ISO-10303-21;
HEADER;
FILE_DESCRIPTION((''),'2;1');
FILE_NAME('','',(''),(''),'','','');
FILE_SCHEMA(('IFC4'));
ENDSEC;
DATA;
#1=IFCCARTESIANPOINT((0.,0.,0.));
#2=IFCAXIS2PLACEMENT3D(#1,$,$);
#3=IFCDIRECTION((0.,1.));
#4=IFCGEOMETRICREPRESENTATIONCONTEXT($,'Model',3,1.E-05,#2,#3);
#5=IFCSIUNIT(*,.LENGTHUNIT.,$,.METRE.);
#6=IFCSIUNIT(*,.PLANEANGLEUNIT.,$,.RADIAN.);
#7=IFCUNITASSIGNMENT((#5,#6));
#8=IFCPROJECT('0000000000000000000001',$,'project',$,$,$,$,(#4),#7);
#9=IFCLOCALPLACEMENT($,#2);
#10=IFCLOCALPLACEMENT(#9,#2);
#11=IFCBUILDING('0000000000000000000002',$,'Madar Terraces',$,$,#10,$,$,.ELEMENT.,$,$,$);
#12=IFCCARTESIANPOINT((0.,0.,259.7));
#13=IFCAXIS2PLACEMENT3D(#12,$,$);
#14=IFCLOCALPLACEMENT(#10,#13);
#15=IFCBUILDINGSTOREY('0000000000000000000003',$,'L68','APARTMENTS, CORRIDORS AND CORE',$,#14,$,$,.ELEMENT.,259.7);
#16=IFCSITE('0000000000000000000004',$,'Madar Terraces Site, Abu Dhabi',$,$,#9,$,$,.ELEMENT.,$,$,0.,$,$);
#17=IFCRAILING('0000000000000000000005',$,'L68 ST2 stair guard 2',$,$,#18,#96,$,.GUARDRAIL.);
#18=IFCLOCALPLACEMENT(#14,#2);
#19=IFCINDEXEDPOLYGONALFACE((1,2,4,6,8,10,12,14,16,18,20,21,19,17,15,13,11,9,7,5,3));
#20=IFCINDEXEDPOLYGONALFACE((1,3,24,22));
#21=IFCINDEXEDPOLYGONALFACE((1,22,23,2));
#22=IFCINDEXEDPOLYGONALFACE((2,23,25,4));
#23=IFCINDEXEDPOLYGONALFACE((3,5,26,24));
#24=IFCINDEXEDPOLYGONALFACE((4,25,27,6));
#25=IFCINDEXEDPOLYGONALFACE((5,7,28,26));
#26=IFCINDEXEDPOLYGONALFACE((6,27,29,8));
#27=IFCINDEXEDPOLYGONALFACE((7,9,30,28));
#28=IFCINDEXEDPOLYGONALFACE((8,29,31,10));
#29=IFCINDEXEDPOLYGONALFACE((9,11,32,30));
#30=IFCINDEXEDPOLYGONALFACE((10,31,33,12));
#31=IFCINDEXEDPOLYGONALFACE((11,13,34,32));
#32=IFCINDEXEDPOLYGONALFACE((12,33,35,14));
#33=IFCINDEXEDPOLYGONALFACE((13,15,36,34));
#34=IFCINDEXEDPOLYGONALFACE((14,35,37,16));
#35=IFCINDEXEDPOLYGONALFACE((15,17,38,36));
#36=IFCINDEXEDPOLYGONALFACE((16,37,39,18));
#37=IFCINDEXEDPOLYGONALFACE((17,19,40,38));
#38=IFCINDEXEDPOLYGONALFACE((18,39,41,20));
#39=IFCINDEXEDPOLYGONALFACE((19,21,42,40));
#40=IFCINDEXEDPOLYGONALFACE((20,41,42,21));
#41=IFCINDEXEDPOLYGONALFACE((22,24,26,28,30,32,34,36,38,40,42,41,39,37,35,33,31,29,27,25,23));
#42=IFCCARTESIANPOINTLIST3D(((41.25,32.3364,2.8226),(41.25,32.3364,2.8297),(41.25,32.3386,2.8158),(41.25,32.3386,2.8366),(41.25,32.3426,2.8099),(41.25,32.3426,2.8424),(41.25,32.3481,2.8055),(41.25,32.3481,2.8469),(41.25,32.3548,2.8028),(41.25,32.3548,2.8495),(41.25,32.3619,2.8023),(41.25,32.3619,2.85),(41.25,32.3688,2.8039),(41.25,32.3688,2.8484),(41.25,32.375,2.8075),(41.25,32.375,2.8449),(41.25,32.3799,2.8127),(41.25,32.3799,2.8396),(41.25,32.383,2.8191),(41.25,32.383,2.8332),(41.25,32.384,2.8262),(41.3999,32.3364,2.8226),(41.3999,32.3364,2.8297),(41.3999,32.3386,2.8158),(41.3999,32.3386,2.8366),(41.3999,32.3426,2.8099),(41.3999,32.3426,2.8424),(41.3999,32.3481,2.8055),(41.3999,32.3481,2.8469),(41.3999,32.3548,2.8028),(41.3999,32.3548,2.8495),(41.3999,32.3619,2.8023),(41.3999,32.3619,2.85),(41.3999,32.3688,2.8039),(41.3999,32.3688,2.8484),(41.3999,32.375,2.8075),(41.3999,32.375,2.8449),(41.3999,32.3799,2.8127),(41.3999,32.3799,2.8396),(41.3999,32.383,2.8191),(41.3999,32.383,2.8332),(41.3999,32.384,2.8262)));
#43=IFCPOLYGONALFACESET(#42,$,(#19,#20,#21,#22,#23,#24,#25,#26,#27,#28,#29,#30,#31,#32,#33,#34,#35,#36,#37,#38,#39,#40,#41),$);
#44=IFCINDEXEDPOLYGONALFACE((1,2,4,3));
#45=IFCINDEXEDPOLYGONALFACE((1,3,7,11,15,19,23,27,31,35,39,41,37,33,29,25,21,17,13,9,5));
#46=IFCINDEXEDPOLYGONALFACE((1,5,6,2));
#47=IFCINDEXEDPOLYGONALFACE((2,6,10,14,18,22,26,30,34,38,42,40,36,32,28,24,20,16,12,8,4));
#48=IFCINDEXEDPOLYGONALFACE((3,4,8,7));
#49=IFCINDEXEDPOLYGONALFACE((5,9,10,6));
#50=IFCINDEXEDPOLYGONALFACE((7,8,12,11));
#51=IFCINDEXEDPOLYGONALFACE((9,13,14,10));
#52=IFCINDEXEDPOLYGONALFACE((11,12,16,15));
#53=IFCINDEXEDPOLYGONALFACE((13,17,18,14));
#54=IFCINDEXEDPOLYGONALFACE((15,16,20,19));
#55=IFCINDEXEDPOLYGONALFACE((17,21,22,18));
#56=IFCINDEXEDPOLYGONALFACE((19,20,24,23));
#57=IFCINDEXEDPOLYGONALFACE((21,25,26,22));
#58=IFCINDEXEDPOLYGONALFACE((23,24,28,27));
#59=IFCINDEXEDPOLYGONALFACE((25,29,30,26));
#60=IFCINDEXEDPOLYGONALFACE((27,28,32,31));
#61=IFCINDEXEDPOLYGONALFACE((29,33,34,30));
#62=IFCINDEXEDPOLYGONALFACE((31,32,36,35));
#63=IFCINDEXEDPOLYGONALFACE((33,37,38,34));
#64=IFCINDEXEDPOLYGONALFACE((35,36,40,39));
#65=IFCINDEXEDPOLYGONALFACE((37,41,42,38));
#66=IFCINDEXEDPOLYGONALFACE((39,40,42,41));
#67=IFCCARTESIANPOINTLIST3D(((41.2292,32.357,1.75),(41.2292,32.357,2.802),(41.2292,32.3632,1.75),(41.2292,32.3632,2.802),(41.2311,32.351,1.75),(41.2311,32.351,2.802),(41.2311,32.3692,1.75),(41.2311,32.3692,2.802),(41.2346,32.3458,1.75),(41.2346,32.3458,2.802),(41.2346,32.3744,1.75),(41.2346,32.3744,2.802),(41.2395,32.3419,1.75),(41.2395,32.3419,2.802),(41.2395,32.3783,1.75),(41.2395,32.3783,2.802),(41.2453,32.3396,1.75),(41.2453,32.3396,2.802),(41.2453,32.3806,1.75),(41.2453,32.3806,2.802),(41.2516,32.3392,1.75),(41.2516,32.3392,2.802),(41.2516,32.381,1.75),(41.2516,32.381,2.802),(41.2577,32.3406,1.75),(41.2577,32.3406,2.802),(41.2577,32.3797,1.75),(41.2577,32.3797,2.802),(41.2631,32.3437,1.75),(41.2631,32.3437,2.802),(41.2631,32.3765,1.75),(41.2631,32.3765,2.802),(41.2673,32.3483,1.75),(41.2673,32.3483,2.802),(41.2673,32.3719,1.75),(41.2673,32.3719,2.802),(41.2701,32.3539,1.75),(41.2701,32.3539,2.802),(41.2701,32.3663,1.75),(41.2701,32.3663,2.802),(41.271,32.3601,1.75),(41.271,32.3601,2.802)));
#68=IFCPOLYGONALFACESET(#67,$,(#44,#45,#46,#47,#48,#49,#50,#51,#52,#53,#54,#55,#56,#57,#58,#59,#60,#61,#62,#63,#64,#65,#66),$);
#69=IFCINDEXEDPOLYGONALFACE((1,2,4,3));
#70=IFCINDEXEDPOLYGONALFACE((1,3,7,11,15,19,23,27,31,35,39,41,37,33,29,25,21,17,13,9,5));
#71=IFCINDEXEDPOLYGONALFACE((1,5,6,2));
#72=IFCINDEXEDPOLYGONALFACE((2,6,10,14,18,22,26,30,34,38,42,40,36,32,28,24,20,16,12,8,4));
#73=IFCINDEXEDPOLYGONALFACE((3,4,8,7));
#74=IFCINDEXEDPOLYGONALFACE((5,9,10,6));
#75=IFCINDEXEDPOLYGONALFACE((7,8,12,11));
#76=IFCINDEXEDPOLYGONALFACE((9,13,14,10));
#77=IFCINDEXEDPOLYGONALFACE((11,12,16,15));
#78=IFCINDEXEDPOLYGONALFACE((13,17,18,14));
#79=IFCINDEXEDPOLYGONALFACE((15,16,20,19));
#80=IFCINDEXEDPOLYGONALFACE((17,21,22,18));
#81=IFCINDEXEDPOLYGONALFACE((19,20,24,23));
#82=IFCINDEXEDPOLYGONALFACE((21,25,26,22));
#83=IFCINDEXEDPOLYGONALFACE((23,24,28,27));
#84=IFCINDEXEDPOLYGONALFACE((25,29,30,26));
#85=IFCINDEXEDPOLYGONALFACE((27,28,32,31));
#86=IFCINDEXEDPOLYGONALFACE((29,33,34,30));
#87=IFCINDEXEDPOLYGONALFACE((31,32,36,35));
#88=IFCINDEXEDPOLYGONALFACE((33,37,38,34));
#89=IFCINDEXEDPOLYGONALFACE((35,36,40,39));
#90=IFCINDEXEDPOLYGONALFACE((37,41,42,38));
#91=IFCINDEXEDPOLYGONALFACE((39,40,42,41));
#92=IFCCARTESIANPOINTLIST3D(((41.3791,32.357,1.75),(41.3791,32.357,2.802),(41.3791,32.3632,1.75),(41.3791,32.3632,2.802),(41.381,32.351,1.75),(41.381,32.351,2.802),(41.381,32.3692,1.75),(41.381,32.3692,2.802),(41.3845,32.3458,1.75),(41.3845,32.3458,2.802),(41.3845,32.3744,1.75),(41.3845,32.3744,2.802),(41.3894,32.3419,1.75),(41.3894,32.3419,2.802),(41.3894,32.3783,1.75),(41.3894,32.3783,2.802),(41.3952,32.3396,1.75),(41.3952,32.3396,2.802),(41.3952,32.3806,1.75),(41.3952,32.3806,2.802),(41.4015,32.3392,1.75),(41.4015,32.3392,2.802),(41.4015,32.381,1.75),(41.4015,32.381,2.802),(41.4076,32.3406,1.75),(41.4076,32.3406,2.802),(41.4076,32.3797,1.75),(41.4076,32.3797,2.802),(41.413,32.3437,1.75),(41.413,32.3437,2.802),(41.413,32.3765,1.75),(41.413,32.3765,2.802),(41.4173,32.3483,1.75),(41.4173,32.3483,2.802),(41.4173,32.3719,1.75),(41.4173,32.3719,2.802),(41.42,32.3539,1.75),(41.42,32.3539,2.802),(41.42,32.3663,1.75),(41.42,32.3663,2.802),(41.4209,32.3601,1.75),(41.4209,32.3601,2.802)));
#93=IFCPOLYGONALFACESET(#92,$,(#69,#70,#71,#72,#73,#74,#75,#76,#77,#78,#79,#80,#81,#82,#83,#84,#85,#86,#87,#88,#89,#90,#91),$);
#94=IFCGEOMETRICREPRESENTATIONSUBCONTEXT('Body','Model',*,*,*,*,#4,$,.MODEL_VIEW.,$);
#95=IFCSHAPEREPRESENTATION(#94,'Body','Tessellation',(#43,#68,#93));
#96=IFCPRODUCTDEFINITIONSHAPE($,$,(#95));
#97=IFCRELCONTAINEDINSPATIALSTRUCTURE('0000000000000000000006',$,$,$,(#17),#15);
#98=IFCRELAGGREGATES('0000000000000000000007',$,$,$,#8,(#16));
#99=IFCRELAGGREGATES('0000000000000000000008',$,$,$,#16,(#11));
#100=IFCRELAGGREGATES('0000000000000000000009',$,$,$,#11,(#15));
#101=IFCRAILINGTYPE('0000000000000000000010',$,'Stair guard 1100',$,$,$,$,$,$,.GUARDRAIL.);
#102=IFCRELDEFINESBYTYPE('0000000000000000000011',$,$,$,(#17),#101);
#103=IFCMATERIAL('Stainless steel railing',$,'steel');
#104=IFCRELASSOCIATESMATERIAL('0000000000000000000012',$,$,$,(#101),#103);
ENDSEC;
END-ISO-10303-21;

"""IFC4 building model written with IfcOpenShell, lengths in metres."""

from ifc_helpers import new_model, si_unit, direction, frame, origin, origin_2d, place, context, subcontext, project, spatial, circle, extrude, material, type_object, element, save


model = new_model("IFC4")

# Units and contexts
model_context = context("Model", 3, precision=1e-05, world=origin(), true_north=direction((0.0, 1.0)))
body_context = subcontext(model_context, "Body", "Model", "MODEL_VIEW")
ifc_project = project(units=[si_unit("LENGTHUNIT", "METRE"), si_unit("PLANEANGLEUNIT", "RADIAN")], contexts=[model_context])

# Site, building, storey
site_placement = place(None, origin())
site = spatial("IfcSite", under=ifc_project, at=site_placement, Name="Madar Terraces Site, Abu Dhabi", CompositionType="ELEMENT", RefElevation=0.0)
building_placement = place(site_placement, origin())
building = spatial("IfcBuilding", under=site, at=building_placement, Name="Madar Terraces", CompositionType="ELEMENT")
storey_placement = place(building_placement, frame((0.0, 0.0, 259.7)))
storey = spatial("IfcBuildingStorey", under=building, at=storey_placement, Name="L68", Description="APARTMENTS, CORRIDORS AND CORE", CompositionType="ELEMENT", Elevation=259.7)

# Railing
ifc_material_1 = material(Name="Stainless steel railing", Category="steel")
railing_type_1 = type_object("IfcRailingType", Name="Stair guard 1100", PredefinedType="GUARDRAIL", material=ifc_material_1)
railing_1_placement = place(storey_placement, frame((41.25, 32.3601, 1.75)))
element("IfcRailing", 1, at=railing_1_placement, inside=storey, type_object=railing_type_1, Name="L68 ST2 stair guard 2", PredefinedType="GUARDRAIL", context=body_context, shape_type="SweptSolid", body=[
    extrude(circle(Radius=0.0239, at=origin_2d()), frame((0.0, 0.0, 1.0762), z_axis=(1.0, 0.0, 0.0), x_axis=(0.0, 1.0, 0.0)), (0.0, 0.0, 1.0), 0.1499),
    extrude(circle(Radius=0.021, at=origin_2d()), origin(), (0.0, 0.0, 1.0), 1.052),
    extrude(circle(Radius=0.021, at=origin_2d()), frame((0.1499, 0.0, 0.0)), (0.0, 0.0, 1.0), 1.052),
])

save(model, "model.ifc")
